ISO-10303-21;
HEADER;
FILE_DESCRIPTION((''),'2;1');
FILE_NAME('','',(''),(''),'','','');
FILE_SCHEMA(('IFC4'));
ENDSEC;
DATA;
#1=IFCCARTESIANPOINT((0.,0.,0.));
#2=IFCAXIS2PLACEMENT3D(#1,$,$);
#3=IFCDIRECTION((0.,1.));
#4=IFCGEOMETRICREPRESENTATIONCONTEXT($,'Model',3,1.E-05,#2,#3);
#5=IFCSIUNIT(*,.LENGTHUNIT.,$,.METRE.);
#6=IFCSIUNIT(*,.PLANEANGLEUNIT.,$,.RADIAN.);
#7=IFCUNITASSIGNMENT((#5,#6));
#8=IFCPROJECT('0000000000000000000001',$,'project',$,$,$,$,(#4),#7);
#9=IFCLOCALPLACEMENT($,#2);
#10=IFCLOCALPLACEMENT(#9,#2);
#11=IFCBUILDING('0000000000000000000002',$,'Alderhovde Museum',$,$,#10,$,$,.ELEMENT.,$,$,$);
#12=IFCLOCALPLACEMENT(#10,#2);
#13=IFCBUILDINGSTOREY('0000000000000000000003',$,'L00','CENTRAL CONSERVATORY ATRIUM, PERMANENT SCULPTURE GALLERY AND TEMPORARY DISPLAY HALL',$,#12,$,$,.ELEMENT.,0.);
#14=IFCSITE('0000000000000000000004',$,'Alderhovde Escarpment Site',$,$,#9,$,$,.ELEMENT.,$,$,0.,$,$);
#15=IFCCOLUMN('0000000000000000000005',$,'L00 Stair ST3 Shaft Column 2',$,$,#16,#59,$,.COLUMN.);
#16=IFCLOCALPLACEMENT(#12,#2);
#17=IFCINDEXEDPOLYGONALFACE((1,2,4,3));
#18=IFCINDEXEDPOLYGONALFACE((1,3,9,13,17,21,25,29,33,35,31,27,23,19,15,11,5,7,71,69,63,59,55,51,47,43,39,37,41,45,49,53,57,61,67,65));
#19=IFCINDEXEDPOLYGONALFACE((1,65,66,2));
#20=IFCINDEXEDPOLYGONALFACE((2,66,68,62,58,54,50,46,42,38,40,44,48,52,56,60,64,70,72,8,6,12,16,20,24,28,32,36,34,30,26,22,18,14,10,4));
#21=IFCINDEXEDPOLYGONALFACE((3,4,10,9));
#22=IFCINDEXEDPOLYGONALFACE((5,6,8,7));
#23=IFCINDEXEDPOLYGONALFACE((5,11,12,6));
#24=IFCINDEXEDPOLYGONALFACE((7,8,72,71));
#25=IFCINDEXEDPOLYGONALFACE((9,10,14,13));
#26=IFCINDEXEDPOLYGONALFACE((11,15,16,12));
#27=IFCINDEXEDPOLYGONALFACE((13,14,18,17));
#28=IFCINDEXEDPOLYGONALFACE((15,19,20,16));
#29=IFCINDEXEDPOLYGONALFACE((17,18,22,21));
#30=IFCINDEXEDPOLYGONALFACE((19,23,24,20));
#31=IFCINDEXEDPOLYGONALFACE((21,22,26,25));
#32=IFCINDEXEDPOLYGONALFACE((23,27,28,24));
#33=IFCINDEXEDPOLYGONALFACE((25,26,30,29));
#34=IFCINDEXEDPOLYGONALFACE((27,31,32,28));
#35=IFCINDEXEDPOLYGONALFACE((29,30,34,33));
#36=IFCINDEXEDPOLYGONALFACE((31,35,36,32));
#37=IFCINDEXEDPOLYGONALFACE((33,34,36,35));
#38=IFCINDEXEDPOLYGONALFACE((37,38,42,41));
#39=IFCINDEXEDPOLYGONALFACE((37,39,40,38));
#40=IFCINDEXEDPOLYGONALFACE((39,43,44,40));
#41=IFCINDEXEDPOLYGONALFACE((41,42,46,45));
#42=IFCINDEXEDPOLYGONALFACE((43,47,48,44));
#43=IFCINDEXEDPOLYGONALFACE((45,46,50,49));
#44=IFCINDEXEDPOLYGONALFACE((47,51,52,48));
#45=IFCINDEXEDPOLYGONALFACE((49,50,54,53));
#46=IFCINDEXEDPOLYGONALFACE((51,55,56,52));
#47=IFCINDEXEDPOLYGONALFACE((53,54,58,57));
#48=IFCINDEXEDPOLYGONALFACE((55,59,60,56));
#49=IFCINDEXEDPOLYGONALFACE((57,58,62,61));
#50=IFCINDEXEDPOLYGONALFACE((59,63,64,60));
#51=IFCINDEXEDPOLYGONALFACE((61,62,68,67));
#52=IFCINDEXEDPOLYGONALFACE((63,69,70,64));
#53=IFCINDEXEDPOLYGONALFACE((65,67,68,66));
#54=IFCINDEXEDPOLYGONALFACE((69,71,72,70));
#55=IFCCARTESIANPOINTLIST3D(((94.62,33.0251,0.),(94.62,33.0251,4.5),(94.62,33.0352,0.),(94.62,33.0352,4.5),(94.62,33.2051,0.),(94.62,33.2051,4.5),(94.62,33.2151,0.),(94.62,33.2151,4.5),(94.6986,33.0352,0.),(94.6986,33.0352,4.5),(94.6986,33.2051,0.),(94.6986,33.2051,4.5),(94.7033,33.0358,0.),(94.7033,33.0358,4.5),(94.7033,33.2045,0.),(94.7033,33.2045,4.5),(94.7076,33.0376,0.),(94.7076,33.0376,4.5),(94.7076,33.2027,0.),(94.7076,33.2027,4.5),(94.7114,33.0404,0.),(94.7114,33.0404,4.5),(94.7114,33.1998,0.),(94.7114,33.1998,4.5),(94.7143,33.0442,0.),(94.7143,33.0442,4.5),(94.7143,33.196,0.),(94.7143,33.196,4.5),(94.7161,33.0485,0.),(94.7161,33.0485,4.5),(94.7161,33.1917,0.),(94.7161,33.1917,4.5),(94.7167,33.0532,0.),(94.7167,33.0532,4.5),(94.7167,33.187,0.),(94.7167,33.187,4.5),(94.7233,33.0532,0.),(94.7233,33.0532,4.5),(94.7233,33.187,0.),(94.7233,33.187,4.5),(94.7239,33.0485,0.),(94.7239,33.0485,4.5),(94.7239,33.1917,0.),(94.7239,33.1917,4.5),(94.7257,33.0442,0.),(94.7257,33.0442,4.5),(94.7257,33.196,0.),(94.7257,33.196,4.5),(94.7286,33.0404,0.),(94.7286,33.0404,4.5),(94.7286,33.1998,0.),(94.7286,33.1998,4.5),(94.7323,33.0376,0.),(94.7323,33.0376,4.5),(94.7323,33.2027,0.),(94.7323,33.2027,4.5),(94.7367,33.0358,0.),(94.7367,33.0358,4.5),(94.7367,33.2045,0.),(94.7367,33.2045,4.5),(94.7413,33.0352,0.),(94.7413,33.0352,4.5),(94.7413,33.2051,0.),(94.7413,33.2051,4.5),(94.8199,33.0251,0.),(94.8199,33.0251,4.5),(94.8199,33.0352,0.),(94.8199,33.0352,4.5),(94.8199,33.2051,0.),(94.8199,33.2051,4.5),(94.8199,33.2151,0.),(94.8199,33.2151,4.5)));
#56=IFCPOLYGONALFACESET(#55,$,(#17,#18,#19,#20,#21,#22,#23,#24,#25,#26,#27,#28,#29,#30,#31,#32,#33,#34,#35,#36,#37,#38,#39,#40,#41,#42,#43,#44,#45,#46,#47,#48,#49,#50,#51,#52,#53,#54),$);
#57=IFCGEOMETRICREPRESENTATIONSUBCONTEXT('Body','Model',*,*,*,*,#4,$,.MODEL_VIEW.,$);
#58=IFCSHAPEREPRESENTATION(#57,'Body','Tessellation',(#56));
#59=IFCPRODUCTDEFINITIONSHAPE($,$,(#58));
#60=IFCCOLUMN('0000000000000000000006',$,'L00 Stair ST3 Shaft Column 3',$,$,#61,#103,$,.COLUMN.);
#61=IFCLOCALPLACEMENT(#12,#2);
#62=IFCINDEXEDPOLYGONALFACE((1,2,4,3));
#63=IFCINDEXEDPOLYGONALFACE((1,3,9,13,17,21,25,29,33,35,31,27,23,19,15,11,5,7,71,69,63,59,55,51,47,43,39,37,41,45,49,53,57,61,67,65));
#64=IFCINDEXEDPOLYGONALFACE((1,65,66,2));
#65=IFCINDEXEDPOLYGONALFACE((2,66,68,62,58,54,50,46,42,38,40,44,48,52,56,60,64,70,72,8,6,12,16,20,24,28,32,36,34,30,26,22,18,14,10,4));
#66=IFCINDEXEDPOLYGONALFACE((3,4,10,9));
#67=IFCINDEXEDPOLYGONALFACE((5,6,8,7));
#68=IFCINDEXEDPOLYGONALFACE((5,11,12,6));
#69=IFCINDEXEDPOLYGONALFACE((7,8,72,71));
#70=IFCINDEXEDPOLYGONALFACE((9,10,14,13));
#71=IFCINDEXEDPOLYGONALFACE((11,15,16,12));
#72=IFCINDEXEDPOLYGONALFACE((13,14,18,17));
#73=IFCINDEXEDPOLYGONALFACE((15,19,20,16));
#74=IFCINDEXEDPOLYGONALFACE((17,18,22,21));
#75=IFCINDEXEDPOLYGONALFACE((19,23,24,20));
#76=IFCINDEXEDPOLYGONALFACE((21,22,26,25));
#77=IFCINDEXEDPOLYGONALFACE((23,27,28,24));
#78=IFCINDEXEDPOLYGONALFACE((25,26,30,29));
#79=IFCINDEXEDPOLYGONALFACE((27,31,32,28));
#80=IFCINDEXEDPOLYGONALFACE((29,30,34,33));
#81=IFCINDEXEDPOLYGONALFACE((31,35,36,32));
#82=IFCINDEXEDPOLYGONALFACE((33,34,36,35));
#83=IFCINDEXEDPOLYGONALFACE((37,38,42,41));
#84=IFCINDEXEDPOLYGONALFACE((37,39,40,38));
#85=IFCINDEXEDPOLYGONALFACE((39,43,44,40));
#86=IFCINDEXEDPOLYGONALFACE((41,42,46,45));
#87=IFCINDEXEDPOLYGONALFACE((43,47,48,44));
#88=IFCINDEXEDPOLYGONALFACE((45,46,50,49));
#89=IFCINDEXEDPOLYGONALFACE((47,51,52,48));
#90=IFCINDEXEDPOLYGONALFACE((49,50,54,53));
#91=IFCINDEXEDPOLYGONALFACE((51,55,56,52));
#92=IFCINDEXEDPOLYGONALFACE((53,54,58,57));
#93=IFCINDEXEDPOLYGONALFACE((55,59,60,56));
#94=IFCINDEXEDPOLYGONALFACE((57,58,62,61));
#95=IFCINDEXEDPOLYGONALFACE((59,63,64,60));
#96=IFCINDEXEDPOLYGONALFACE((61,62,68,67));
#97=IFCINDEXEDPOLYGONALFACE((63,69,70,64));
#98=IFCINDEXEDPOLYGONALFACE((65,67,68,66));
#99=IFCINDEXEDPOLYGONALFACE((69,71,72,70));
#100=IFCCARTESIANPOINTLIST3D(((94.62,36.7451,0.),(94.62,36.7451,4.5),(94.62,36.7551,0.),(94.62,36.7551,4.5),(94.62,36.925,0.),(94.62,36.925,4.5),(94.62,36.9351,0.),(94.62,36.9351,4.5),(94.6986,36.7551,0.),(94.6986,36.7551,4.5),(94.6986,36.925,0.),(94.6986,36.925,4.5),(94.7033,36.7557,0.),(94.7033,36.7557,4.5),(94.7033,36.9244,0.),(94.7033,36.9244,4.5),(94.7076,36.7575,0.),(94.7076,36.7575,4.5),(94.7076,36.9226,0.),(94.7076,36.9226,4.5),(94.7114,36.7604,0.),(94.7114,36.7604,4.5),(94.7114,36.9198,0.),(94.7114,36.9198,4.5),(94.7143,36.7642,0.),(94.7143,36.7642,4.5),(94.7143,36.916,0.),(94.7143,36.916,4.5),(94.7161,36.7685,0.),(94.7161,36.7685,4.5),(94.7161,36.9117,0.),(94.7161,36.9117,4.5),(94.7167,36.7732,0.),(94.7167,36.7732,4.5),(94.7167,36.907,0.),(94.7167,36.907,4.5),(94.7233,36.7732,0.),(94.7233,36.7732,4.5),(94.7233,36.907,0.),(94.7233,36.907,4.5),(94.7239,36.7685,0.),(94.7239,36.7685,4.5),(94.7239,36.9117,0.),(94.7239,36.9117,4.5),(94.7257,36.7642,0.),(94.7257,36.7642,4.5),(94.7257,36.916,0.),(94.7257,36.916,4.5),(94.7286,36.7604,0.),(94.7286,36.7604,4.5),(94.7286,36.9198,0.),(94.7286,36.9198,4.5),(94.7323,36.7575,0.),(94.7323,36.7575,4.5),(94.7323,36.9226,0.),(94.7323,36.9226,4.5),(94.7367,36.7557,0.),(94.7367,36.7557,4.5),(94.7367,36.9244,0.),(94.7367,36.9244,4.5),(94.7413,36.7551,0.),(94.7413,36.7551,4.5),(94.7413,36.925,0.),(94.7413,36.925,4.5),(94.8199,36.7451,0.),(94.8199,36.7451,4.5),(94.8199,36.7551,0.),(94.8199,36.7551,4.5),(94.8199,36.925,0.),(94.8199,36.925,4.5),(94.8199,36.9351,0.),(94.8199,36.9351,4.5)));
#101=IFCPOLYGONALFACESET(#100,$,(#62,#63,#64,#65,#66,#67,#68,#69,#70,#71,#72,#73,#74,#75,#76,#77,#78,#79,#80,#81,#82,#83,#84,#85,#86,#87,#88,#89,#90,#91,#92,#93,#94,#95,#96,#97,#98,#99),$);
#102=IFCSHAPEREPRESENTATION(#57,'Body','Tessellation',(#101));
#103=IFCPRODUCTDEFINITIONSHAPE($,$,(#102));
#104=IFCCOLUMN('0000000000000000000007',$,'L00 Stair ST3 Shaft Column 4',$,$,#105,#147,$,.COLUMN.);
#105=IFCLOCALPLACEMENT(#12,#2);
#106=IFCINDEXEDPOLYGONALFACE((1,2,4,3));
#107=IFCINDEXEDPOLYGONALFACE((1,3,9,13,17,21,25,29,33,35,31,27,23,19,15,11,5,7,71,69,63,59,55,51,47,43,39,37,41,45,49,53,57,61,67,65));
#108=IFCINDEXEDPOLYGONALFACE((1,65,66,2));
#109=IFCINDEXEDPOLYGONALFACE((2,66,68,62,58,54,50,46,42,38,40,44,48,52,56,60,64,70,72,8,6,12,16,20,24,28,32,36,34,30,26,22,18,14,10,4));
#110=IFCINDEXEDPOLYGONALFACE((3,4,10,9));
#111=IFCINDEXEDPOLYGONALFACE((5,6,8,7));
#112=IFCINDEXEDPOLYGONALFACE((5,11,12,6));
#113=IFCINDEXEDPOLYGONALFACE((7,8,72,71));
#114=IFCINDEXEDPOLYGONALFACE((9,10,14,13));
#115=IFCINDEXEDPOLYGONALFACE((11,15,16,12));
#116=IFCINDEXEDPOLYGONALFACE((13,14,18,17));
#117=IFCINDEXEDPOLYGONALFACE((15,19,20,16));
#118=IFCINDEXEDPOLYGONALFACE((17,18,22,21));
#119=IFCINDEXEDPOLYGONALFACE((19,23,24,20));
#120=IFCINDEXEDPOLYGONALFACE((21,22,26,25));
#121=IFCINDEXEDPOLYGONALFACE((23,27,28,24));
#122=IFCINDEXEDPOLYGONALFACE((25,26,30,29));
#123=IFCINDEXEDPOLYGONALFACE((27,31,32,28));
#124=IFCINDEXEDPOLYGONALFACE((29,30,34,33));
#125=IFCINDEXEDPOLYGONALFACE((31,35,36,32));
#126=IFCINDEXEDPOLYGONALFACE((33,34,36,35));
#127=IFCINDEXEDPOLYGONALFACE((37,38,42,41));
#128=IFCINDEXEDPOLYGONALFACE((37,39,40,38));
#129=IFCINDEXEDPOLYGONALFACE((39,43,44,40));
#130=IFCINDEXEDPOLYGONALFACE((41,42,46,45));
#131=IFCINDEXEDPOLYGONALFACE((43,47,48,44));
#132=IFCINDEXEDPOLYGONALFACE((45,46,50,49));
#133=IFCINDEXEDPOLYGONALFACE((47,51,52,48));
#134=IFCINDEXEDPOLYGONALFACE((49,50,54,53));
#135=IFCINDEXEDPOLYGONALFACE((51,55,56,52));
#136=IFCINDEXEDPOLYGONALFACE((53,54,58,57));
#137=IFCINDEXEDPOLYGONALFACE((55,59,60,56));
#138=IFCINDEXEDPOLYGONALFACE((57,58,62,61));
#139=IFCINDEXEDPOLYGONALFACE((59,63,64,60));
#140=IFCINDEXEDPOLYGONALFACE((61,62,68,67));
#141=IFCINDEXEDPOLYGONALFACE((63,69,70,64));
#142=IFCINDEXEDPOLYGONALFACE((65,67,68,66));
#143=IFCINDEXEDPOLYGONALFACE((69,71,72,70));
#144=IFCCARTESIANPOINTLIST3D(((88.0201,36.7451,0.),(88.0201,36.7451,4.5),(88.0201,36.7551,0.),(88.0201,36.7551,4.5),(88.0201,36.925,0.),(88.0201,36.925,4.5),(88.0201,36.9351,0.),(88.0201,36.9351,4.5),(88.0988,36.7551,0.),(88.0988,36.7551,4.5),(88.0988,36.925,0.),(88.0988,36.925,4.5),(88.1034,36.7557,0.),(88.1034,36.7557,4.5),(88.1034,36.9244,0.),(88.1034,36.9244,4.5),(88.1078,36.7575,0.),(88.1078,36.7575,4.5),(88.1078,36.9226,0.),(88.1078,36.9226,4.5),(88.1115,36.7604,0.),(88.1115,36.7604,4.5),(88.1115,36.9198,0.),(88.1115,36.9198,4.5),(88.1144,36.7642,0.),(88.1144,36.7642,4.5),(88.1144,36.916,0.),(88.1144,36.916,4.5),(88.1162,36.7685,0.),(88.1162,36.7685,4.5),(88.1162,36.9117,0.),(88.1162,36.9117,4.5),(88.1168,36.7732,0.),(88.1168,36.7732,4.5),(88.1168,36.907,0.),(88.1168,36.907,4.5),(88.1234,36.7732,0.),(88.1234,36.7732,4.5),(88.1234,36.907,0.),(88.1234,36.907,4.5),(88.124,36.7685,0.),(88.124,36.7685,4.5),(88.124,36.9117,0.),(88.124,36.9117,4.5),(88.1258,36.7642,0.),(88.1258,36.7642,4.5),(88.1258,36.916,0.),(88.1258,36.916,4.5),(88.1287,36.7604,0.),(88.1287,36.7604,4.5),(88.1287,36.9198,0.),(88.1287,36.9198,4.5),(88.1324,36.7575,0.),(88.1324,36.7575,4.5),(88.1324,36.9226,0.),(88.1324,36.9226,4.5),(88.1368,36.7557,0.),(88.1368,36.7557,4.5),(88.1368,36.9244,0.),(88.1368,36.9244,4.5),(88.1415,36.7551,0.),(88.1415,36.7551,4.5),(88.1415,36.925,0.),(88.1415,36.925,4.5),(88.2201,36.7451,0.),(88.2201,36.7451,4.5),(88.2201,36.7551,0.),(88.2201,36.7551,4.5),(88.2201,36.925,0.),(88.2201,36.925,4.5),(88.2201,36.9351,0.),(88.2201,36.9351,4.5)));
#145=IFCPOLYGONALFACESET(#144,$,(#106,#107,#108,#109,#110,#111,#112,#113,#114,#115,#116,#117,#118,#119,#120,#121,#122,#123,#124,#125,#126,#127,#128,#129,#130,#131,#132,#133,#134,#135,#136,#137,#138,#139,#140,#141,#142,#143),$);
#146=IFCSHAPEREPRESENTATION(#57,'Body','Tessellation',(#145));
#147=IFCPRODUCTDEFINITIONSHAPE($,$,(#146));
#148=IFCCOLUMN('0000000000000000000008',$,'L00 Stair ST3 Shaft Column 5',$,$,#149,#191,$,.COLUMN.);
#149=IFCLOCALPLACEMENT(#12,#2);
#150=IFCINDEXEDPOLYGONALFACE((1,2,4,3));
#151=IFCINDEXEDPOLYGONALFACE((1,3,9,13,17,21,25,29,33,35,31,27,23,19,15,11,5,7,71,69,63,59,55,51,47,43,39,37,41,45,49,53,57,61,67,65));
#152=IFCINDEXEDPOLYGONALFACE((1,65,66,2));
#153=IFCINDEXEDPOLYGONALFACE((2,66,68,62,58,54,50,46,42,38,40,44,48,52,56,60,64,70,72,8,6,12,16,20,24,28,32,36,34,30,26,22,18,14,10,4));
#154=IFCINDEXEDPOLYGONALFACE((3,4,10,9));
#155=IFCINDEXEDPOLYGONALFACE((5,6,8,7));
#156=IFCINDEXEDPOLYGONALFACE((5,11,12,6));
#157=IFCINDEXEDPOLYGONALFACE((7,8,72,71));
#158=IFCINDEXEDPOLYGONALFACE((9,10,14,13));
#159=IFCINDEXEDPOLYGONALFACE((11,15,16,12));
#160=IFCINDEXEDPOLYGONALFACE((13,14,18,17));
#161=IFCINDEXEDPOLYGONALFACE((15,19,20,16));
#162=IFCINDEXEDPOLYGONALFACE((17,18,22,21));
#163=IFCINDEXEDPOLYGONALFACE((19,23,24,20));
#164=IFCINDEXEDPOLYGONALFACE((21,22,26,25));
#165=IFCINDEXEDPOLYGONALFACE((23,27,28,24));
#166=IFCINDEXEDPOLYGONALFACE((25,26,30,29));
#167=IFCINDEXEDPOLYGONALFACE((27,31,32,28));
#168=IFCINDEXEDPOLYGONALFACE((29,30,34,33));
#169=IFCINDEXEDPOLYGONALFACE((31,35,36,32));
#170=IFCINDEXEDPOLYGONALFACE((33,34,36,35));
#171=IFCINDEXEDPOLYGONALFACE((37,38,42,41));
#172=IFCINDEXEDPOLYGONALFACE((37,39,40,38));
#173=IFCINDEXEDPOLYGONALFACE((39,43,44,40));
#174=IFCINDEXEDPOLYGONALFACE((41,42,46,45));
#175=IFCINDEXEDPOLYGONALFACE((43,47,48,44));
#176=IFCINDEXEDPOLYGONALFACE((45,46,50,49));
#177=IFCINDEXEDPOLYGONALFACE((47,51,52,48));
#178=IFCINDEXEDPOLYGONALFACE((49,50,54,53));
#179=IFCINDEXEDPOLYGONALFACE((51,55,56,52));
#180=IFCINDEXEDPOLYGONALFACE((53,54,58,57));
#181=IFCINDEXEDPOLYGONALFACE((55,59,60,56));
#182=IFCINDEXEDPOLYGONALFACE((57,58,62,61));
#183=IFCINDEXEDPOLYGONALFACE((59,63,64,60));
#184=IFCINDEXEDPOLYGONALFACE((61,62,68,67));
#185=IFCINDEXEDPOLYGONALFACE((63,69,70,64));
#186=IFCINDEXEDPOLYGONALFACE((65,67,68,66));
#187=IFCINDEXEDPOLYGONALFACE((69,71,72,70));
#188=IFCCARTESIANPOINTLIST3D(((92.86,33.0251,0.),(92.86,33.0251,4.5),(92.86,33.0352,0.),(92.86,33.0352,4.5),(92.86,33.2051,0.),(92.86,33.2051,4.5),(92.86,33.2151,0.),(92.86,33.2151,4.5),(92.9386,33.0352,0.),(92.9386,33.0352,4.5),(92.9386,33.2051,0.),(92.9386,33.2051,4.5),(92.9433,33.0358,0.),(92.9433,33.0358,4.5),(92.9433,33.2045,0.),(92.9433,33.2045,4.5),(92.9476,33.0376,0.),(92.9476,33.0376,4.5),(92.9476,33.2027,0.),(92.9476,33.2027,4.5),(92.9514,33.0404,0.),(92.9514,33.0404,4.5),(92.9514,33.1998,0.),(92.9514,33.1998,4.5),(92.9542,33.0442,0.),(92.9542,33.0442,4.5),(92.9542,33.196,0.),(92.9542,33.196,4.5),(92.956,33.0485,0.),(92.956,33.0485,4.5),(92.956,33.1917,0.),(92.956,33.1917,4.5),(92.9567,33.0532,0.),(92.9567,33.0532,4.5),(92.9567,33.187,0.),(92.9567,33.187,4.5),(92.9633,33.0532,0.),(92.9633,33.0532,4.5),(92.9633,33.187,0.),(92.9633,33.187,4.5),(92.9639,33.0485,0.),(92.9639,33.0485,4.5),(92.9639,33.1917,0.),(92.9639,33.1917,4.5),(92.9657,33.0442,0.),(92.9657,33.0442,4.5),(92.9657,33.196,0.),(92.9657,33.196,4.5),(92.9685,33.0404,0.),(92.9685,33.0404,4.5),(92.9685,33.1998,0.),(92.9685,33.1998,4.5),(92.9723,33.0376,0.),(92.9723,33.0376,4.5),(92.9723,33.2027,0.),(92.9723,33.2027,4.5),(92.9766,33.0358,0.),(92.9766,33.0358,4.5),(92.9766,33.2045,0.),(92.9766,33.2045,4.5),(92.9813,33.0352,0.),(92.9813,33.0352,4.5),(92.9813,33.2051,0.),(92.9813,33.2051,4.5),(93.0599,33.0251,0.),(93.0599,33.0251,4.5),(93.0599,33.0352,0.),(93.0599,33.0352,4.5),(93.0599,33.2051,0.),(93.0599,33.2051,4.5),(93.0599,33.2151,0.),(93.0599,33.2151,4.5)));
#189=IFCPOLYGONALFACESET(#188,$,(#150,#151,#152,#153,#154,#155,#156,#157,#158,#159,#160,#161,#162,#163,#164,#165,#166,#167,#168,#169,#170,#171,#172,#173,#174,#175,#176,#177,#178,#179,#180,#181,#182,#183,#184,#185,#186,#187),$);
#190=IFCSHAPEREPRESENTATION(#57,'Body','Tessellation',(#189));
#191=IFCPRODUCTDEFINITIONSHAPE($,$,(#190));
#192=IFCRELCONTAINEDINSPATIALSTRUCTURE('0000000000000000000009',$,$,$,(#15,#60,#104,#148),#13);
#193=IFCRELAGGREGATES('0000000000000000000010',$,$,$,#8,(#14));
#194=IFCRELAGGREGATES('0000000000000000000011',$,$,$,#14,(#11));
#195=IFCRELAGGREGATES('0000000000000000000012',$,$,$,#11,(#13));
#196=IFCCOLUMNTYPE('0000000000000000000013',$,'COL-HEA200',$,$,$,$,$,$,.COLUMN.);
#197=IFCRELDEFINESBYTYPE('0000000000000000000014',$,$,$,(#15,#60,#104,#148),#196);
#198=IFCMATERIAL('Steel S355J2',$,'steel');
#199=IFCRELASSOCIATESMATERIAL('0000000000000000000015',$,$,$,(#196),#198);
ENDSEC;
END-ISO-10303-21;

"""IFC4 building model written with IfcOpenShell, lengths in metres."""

from ifc_helpers import new_model, si_unit, direction, frame, origin, origin_2d, place, context, subcontext, project, spatial, i_section, extrude, material, material_profile, profile_set, type_object, element, save


model = new_model("IFC4")

# Units and contexts
model_context = context("Model", 3, precision=1e-05, world=origin(), true_north=direction((0.0, 1.0)))
body_context = subcontext(model_context, "Body", "Model", "MODEL_VIEW")
ifc_project = project(units=[si_unit("LENGTHUNIT", "METRE"), si_unit("PLANEANGLEUNIT", "RADIAN")], contexts=[model_context])

# Site, building, storey
site_placement = place(None, origin())
site = spatial("IfcSite", under=ifc_project, at=site_placement, Name="Alderhovde Escarpment Site", CompositionType="ELEMENT", RefElevation=0.0)
building_placement = place(site_placement, origin())
building = spatial("IfcBuilding", under=site, at=building_placement, Name="Alderhovde Museum", CompositionType="ELEMENT")
storey_placement = place(building_placement, origin())
storey = spatial("IfcBuildingStorey", under=building, at=storey_placement, Name="L00", Description="CENTRAL CONSERVATORY ATRIUM, PERMANENT SCULPTURE GALLERY AND TEMPORARY DISPLAY HALL", CompositionType="ELEMENT", Elevation=0.0)

# Columns
ifc_material_1 = material(Name="Steel S355J2", Category="steel")
ifc_material_profile_1 = material_profile(ifc_material_1, i_section(OverallWidth=0.2, OverallDepth=0.1899, WebThickness=0.0066, FlangeThickness=0.01, FilletRadius=0.0181, at=origin_2d()), Name="HEA 200")
ifc_profile_set_1 = profile_set([ifc_material_profile_1], Name="Steel S355J2")
column_type_1 = type_object("IfcColumnType", Name="COL-HEA200", PredefinedType="COLUMN", material=ifc_profile_set_1)
for number, where, z_axis, x_axis, name in (
    (1, (94.72, 33.1201, 0.0), (0.0, 0.0, 1.0), (1.0, 0.0, 0.0), "L00 Stair ST3 Shaft Column 2"),
    (2, (94.72, 36.8401, 0.0), (0.0, 0.0, 1.0), (1.0, 0.0, 0.0), "L00 Stair ST3 Shaft Column 3"),
    (3, (88.1201, 36.8401, 0.0), (0.0, 0.0, 1.0), (1.0, 0.0, 0.0), "L00 Stair ST3 Shaft Column 4"),
    (4, (92.96, 33.1201, 0.0), (0.0, 0.0, 1.0), (1.0, 0.0, 0.0), "L00 Stair ST3 Shaft Column 5"),
):
    element("IfcColumn", number, at=place(storey_placement, frame(where, z_axis=z_axis, x_axis=x_axis)), inside=storey, type_object=column_type_1, Name=name, PredefinedType="COLUMN", context=body_context, shape_type="SweptSolid", body=[
        extrude(i_section(OverallWidth=0.2, OverallDepth=0.1899, WebThickness=0.0066, FlangeThickness=0.01, FilletRadius=0.0181, at=origin_2d()), origin(), (0.0, 0.0, 1.0), 4.5),
    ])

save(model, "model.ifc")
